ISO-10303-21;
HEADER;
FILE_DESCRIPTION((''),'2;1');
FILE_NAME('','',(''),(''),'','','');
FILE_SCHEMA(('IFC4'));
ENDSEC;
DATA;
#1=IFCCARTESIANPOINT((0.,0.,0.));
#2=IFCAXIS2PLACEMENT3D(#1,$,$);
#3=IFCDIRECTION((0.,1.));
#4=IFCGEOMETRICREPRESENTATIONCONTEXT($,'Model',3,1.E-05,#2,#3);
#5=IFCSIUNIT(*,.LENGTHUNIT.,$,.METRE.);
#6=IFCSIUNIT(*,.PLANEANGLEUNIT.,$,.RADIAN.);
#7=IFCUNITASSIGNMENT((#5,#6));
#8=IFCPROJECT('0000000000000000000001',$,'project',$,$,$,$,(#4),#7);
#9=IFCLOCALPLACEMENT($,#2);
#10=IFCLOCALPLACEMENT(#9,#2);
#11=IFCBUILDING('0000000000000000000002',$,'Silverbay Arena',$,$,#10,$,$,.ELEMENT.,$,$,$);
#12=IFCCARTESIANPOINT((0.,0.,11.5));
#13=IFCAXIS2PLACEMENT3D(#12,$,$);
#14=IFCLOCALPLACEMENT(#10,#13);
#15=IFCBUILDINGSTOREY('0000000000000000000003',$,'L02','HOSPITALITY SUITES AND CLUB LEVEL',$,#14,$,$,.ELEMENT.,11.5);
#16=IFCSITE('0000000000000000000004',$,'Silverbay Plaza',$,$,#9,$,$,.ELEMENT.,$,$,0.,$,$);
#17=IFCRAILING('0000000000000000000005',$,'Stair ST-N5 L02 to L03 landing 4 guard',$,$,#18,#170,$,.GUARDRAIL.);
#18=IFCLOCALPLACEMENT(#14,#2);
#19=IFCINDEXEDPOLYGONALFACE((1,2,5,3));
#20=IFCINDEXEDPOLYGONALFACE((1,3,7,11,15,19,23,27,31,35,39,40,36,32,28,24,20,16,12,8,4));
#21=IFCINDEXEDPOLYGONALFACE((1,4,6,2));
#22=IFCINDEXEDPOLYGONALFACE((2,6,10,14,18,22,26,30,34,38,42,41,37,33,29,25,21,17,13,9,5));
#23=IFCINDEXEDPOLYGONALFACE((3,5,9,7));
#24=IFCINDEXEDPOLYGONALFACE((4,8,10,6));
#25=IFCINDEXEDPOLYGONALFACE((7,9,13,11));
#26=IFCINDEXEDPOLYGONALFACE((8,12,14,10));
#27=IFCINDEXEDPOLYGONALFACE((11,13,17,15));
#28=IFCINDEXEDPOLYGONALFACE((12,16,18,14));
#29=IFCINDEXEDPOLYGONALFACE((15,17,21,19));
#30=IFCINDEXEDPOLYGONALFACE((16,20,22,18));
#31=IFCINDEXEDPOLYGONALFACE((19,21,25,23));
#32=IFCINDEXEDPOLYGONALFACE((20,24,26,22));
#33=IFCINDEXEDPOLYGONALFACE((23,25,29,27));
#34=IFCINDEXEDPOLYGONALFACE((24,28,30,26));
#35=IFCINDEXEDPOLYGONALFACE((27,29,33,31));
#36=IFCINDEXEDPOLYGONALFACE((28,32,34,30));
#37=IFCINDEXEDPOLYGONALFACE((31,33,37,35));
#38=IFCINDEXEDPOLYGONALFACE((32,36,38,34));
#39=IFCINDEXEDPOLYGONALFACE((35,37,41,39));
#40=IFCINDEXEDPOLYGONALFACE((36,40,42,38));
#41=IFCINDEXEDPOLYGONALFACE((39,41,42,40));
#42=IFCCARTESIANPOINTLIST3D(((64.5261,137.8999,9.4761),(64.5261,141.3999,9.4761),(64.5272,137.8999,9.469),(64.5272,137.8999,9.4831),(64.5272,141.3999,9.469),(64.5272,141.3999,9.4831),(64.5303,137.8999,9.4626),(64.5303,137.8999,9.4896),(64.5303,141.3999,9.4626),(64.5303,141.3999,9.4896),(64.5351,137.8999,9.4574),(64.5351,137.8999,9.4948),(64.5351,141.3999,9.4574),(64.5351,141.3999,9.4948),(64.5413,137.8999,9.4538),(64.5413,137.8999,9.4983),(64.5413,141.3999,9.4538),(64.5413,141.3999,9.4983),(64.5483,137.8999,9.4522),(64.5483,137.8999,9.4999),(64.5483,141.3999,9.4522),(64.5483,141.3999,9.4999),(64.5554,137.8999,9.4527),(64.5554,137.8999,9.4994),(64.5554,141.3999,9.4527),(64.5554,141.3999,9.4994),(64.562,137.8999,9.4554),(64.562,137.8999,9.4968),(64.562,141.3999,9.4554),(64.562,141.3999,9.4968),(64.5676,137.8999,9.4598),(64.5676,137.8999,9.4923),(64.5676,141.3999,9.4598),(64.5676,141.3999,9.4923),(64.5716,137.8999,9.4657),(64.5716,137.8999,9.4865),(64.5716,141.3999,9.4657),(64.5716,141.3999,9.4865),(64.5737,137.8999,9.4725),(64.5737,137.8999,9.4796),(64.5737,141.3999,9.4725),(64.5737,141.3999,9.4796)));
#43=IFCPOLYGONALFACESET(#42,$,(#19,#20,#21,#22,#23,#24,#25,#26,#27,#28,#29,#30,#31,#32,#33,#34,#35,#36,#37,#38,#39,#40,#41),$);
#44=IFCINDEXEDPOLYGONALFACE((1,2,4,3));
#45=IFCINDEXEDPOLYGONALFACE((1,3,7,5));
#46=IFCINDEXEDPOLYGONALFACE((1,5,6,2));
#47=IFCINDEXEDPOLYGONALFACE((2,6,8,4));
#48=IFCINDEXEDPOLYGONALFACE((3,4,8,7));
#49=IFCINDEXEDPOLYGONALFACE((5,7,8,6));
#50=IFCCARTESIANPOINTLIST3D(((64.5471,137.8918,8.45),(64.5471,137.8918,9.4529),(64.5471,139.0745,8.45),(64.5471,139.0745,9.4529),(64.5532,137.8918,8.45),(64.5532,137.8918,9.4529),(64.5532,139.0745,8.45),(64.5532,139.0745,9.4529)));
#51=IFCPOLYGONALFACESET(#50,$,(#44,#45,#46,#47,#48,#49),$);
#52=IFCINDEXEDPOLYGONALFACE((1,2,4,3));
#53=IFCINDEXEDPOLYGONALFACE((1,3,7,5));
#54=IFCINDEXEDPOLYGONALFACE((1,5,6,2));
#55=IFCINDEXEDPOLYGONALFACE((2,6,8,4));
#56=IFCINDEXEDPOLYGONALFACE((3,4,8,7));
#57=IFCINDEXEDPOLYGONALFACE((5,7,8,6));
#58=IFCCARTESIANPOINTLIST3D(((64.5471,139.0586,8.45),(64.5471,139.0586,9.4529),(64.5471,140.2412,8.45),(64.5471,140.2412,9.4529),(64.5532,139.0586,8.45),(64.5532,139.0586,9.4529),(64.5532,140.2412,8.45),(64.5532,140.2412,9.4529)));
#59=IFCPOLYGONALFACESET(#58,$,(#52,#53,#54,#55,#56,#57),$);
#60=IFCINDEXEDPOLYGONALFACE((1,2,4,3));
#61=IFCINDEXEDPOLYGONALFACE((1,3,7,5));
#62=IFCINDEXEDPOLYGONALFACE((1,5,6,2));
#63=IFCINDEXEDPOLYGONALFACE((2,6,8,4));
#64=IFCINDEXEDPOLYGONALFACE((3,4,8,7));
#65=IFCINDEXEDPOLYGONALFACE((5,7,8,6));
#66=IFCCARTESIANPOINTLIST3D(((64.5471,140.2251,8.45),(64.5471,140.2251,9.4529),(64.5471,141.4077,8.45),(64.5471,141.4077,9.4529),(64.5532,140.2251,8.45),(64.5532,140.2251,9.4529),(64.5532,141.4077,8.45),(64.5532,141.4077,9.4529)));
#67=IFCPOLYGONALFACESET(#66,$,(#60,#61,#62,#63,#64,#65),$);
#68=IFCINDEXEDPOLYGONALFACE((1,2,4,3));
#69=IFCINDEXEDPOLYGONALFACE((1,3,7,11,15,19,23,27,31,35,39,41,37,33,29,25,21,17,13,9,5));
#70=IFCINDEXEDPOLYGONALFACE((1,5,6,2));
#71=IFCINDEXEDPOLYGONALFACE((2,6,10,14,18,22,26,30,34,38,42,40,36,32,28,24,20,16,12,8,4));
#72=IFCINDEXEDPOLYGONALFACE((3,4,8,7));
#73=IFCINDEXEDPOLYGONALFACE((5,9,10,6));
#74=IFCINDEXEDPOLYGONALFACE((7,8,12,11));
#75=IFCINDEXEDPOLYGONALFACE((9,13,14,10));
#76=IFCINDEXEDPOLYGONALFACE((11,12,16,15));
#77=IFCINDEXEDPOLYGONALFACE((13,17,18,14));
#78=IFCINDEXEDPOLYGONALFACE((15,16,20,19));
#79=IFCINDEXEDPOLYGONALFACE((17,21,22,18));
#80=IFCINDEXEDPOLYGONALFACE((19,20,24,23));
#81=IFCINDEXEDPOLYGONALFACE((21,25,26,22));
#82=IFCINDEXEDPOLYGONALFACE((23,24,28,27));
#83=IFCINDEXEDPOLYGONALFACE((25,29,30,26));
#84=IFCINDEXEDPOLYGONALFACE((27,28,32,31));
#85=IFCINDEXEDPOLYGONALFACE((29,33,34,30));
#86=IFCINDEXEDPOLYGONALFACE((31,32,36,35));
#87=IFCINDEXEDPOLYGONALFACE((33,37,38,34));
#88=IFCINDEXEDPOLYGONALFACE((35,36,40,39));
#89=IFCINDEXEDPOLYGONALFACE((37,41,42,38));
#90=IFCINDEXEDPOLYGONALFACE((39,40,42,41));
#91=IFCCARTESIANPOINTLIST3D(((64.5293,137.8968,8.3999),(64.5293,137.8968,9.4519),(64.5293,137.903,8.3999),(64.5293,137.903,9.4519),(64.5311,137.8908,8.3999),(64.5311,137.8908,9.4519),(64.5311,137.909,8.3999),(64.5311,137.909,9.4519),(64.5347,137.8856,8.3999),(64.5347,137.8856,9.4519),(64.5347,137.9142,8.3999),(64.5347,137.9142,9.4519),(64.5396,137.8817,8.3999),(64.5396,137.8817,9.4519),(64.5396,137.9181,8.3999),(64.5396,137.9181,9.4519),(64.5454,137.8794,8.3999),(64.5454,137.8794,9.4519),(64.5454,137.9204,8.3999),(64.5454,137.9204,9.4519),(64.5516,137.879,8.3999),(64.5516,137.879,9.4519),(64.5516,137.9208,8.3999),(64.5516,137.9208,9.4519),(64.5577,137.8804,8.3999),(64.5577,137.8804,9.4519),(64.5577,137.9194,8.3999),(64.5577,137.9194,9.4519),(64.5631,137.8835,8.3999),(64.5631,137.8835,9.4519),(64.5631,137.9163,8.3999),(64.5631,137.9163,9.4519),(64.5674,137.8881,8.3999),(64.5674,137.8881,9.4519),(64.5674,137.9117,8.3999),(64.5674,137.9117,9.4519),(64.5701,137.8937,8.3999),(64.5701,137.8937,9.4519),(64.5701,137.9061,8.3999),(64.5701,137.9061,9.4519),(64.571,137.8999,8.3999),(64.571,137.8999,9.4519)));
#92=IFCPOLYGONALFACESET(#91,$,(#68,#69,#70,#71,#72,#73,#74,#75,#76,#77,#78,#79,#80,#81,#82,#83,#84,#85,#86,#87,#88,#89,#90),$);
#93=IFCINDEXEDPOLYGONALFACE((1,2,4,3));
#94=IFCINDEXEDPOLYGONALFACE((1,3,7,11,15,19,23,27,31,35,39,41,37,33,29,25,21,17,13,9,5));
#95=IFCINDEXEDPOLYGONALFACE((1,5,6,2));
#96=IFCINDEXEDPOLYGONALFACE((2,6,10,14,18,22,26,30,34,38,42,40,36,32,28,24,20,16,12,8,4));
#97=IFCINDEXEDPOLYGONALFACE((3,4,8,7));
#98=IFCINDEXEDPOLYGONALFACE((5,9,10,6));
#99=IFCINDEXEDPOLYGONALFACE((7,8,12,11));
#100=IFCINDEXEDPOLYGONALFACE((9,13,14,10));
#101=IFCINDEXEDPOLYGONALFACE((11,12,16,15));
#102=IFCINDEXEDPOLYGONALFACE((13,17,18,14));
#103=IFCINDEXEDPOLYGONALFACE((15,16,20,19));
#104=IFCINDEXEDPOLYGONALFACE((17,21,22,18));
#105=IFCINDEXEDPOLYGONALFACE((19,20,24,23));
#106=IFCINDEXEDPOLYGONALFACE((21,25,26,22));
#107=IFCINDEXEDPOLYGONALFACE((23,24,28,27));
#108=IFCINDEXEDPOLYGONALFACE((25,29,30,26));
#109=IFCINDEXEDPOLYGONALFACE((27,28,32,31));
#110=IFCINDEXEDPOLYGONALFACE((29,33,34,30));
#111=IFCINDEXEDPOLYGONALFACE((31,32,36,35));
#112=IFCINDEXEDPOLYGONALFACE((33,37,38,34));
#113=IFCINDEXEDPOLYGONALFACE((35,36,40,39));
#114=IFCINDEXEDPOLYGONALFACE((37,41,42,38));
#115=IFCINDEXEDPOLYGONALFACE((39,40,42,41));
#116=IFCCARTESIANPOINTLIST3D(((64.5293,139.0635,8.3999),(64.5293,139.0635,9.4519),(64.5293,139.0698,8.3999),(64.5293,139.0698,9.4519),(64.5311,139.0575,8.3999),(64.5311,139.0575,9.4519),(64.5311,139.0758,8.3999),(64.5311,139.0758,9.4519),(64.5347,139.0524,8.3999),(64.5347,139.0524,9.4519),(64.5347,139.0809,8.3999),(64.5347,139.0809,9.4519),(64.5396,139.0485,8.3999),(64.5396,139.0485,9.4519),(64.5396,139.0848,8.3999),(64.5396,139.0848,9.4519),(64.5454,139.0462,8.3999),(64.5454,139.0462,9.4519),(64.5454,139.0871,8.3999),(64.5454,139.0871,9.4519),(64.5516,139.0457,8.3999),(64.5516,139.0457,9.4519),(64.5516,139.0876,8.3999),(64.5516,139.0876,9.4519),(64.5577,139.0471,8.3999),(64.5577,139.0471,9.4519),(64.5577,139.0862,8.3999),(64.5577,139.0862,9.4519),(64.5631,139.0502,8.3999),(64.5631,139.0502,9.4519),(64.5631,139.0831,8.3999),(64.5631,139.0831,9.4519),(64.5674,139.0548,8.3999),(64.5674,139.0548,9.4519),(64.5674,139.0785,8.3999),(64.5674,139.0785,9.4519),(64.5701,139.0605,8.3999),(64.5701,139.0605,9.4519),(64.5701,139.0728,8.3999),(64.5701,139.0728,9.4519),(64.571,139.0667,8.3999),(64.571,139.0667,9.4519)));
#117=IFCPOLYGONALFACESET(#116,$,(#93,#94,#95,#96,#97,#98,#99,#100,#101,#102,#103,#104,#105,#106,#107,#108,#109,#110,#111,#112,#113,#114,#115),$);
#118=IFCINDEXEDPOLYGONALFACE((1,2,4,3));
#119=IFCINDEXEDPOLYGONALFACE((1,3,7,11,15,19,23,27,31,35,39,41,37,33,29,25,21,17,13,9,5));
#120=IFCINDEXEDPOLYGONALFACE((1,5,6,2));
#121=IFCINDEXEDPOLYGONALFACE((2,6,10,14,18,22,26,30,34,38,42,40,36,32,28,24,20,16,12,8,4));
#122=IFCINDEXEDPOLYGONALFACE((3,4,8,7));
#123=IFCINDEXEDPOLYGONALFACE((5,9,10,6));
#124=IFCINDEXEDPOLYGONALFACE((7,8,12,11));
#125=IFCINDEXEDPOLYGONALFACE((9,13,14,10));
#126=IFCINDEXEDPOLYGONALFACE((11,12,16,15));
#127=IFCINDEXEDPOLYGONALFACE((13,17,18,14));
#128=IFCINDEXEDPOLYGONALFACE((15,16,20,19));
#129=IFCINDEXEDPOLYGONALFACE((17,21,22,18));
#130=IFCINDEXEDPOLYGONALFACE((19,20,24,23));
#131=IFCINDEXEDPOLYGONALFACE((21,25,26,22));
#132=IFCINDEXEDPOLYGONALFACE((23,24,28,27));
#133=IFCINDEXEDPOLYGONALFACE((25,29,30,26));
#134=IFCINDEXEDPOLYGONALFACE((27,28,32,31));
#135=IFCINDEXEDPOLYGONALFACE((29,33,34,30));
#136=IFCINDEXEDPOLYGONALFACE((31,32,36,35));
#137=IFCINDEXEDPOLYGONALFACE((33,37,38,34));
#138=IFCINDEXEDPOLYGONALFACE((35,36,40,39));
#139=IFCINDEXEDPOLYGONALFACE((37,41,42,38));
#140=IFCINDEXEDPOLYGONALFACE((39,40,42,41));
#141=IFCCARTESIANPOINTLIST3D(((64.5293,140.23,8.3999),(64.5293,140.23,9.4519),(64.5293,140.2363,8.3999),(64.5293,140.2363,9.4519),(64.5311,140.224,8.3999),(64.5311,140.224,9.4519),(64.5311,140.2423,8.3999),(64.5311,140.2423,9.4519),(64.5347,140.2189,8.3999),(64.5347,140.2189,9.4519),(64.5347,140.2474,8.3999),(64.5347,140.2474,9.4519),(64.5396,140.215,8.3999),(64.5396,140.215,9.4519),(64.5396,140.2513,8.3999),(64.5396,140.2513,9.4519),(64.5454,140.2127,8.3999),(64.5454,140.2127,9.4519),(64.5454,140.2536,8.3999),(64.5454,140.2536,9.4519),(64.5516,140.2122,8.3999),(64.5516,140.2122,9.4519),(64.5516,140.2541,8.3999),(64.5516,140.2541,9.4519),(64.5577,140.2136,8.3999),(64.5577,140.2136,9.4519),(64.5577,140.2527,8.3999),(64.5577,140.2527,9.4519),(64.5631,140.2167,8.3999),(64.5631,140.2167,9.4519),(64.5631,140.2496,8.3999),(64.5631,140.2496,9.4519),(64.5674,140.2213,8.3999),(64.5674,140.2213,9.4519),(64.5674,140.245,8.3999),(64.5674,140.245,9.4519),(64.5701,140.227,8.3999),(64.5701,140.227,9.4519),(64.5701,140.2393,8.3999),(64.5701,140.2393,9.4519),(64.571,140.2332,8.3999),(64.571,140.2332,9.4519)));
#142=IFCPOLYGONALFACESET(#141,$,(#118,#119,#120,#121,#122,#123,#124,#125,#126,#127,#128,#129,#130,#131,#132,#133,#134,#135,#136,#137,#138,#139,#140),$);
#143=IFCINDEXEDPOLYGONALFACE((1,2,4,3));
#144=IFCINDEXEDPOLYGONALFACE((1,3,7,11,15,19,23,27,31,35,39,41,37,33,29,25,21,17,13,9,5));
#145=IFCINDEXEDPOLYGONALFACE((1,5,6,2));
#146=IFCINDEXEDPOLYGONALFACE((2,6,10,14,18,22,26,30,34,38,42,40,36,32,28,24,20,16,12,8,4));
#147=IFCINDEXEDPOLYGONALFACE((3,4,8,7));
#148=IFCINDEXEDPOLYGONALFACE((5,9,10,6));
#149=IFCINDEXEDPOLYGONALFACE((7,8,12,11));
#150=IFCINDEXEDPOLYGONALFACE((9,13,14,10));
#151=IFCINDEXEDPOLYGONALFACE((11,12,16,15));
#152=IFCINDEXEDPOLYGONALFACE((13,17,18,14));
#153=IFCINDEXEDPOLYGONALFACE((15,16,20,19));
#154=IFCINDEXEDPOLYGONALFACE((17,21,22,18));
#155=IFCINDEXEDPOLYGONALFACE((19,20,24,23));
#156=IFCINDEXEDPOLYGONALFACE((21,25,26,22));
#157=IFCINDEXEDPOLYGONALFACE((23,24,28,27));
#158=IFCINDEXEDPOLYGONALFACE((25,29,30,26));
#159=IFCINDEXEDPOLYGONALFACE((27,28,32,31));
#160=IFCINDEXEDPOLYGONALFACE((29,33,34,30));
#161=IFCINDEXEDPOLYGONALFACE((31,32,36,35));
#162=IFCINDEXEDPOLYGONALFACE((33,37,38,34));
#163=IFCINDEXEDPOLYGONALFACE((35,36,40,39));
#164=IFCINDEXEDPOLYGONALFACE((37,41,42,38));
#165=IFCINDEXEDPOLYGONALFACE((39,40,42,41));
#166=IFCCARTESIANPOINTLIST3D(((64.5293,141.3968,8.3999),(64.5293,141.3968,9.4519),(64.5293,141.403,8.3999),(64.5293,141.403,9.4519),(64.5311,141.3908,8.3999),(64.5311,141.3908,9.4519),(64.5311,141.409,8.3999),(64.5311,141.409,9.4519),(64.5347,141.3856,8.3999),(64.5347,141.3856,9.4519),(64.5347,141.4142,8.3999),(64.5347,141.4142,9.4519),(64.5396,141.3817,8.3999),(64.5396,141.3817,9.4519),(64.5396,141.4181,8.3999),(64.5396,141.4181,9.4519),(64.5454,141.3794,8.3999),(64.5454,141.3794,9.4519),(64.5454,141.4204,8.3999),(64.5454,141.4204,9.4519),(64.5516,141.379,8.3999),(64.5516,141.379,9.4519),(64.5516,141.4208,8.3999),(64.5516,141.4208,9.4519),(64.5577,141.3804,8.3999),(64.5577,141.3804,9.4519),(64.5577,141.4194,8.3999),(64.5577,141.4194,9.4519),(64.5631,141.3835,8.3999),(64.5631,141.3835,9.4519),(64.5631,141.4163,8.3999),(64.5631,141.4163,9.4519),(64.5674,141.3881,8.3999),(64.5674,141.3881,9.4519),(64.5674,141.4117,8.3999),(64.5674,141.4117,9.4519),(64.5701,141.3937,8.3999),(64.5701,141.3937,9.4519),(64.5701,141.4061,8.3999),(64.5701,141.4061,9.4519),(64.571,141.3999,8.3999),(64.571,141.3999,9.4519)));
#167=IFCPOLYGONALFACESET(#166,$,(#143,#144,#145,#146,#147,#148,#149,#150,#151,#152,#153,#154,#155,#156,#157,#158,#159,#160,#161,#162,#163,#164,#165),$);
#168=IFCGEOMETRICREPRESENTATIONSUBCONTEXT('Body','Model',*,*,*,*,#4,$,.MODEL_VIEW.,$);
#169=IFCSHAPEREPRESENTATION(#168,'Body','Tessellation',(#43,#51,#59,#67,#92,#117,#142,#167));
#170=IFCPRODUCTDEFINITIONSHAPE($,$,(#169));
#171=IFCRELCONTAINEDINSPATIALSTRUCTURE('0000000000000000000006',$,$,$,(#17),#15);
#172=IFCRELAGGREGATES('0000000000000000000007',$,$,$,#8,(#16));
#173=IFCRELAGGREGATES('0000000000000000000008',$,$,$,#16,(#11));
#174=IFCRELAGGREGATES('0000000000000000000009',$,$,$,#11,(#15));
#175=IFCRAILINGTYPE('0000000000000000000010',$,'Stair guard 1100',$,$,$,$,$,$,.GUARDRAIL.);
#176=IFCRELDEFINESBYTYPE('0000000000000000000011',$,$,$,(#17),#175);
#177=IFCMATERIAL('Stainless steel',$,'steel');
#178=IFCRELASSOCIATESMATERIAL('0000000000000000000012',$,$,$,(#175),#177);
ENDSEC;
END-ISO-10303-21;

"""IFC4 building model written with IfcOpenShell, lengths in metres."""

from ifc_helpers import new_model, si_unit, direction, frame, origin, origin_2d, place, context, subcontext, project, spatial, polyline, circle, outline, extrude, material, type_object, element, save


model = new_model("IFC4")

# Units and contexts
model_context = context("Model", 3, precision=1e-05, world=origin(), true_north=direction((0.0, 1.0)))
body_context = subcontext(model_context, "Body", "Model", "MODEL_VIEW")
ifc_project = project(units=[si_unit("LENGTHUNIT", "METRE"), si_unit("PLANEANGLEUNIT", "RADIAN")], contexts=[model_context])

# Site, building, storey
site_placement = place(None, origin())
site = spatial("IfcSite", under=ifc_project, at=site_placement, Name="Silverbay Plaza", CompositionType="ELEMENT", RefElevation=0.0)
building_placement = place(site_placement, origin())
building = spatial("IfcBuilding", under=site, at=building_placement, Name="Silverbay Arena", CompositionType="ELEMENT")
storey_placement = place(building_placement, frame((0.0, 0.0, 11.5)))
storey = spatial("IfcBuildingStorey", under=building, at=storey_placement, Name="L02", Description="HOSPITALITY SUITES AND CLUB LEVEL", CompositionType="ELEMENT", Elevation=11.5)

# Railing
ifc_material_1 = material(Name="Stainless steel", Category="steel")
railing_type_1 = type_object("IfcRailingType", Name="Stair guard 1100", PredefinedType="GUARDRAIL", material=ifc_material_1)
for number, where, name in (
    (1, (64.55, 137.8999, 8.3999), "Stair ST-N5 L02 to L03 landing 4 guard"),
):
    element("IfcRailing", number, at=place(storey_placement, frame(where)), inside=storey, type_object=railing_type_1, Name=name, PredefinedType="GUARDRAIL", context=body_context, shape_type="SweptSolid", body=[
        extrude(circle(Radius=0.0239, at=origin_2d()), frame((0.0, 0.0, 1.0762), z_axis=(0.0, 1.0, 0.0), x_axis=(-1.0, 0.0, 0.0)), (0.0, 0.0, 1.0), 3.5),
        extrude(outline(polyline([(-0.0081, 0.05), (1.1746, 0.05), (1.1746, 1.053), (-0.0081, 1.053), (-0.0081, 0.05)])), frame((-0.0029, 0.0, 0.0), z_axis=(1.0, 0.0, 0.0), x_axis=(0.0, 1.0, 0.0)), (0.0, 0.0, 1.0), 0.0061),
        extrude(outline(polyline([(-0.0081, 0.05), (1.1746, 0.05), (1.1746, 1.053), (-0.0081, 1.053), (-0.0081, 0.05)])), frame((-0.0029, 1.1667, 0.0), z_axis=(1.0, 0.0, 0.0), x_axis=(0.0, 1.0, 0.0)), (0.0, 0.0, 1.0), 0.0061),
        extrude(outline(polyline([(-0.0081, 0.05), (1.1746, 0.05), (1.1746, 1.053), (-0.0081, 1.053), (-0.0081, 0.05)])), frame((-0.0029, 2.3333, 0.0), z_axis=(1.0, 0.0, 0.0), x_axis=(0.0, 1.0, 0.0)), (0.0, 0.0, 1.0), 0.0061),
        extrude(circle(Radius=0.021, at=origin_2d()), origin(), (0.0, 0.0, 1.0), 1.052),
        extrude(circle(Radius=0.021, at=origin_2d()), frame((0.0, 1.1667, 0.0)), (0.0, 0.0, 1.0), 1.052),
        extrude(circle(Radius=0.021, at=origin_2d()), frame((0.0, 2.3333, 0.0)), (0.0, 0.0, 1.0), 1.052),
        extrude(circle(Radius=0.021, at=origin_2d()), frame((0.0, 3.5, 0.0)), (0.0, 0.0, 1.0), 1.052),
    ])

save(model, "model.ifc")
